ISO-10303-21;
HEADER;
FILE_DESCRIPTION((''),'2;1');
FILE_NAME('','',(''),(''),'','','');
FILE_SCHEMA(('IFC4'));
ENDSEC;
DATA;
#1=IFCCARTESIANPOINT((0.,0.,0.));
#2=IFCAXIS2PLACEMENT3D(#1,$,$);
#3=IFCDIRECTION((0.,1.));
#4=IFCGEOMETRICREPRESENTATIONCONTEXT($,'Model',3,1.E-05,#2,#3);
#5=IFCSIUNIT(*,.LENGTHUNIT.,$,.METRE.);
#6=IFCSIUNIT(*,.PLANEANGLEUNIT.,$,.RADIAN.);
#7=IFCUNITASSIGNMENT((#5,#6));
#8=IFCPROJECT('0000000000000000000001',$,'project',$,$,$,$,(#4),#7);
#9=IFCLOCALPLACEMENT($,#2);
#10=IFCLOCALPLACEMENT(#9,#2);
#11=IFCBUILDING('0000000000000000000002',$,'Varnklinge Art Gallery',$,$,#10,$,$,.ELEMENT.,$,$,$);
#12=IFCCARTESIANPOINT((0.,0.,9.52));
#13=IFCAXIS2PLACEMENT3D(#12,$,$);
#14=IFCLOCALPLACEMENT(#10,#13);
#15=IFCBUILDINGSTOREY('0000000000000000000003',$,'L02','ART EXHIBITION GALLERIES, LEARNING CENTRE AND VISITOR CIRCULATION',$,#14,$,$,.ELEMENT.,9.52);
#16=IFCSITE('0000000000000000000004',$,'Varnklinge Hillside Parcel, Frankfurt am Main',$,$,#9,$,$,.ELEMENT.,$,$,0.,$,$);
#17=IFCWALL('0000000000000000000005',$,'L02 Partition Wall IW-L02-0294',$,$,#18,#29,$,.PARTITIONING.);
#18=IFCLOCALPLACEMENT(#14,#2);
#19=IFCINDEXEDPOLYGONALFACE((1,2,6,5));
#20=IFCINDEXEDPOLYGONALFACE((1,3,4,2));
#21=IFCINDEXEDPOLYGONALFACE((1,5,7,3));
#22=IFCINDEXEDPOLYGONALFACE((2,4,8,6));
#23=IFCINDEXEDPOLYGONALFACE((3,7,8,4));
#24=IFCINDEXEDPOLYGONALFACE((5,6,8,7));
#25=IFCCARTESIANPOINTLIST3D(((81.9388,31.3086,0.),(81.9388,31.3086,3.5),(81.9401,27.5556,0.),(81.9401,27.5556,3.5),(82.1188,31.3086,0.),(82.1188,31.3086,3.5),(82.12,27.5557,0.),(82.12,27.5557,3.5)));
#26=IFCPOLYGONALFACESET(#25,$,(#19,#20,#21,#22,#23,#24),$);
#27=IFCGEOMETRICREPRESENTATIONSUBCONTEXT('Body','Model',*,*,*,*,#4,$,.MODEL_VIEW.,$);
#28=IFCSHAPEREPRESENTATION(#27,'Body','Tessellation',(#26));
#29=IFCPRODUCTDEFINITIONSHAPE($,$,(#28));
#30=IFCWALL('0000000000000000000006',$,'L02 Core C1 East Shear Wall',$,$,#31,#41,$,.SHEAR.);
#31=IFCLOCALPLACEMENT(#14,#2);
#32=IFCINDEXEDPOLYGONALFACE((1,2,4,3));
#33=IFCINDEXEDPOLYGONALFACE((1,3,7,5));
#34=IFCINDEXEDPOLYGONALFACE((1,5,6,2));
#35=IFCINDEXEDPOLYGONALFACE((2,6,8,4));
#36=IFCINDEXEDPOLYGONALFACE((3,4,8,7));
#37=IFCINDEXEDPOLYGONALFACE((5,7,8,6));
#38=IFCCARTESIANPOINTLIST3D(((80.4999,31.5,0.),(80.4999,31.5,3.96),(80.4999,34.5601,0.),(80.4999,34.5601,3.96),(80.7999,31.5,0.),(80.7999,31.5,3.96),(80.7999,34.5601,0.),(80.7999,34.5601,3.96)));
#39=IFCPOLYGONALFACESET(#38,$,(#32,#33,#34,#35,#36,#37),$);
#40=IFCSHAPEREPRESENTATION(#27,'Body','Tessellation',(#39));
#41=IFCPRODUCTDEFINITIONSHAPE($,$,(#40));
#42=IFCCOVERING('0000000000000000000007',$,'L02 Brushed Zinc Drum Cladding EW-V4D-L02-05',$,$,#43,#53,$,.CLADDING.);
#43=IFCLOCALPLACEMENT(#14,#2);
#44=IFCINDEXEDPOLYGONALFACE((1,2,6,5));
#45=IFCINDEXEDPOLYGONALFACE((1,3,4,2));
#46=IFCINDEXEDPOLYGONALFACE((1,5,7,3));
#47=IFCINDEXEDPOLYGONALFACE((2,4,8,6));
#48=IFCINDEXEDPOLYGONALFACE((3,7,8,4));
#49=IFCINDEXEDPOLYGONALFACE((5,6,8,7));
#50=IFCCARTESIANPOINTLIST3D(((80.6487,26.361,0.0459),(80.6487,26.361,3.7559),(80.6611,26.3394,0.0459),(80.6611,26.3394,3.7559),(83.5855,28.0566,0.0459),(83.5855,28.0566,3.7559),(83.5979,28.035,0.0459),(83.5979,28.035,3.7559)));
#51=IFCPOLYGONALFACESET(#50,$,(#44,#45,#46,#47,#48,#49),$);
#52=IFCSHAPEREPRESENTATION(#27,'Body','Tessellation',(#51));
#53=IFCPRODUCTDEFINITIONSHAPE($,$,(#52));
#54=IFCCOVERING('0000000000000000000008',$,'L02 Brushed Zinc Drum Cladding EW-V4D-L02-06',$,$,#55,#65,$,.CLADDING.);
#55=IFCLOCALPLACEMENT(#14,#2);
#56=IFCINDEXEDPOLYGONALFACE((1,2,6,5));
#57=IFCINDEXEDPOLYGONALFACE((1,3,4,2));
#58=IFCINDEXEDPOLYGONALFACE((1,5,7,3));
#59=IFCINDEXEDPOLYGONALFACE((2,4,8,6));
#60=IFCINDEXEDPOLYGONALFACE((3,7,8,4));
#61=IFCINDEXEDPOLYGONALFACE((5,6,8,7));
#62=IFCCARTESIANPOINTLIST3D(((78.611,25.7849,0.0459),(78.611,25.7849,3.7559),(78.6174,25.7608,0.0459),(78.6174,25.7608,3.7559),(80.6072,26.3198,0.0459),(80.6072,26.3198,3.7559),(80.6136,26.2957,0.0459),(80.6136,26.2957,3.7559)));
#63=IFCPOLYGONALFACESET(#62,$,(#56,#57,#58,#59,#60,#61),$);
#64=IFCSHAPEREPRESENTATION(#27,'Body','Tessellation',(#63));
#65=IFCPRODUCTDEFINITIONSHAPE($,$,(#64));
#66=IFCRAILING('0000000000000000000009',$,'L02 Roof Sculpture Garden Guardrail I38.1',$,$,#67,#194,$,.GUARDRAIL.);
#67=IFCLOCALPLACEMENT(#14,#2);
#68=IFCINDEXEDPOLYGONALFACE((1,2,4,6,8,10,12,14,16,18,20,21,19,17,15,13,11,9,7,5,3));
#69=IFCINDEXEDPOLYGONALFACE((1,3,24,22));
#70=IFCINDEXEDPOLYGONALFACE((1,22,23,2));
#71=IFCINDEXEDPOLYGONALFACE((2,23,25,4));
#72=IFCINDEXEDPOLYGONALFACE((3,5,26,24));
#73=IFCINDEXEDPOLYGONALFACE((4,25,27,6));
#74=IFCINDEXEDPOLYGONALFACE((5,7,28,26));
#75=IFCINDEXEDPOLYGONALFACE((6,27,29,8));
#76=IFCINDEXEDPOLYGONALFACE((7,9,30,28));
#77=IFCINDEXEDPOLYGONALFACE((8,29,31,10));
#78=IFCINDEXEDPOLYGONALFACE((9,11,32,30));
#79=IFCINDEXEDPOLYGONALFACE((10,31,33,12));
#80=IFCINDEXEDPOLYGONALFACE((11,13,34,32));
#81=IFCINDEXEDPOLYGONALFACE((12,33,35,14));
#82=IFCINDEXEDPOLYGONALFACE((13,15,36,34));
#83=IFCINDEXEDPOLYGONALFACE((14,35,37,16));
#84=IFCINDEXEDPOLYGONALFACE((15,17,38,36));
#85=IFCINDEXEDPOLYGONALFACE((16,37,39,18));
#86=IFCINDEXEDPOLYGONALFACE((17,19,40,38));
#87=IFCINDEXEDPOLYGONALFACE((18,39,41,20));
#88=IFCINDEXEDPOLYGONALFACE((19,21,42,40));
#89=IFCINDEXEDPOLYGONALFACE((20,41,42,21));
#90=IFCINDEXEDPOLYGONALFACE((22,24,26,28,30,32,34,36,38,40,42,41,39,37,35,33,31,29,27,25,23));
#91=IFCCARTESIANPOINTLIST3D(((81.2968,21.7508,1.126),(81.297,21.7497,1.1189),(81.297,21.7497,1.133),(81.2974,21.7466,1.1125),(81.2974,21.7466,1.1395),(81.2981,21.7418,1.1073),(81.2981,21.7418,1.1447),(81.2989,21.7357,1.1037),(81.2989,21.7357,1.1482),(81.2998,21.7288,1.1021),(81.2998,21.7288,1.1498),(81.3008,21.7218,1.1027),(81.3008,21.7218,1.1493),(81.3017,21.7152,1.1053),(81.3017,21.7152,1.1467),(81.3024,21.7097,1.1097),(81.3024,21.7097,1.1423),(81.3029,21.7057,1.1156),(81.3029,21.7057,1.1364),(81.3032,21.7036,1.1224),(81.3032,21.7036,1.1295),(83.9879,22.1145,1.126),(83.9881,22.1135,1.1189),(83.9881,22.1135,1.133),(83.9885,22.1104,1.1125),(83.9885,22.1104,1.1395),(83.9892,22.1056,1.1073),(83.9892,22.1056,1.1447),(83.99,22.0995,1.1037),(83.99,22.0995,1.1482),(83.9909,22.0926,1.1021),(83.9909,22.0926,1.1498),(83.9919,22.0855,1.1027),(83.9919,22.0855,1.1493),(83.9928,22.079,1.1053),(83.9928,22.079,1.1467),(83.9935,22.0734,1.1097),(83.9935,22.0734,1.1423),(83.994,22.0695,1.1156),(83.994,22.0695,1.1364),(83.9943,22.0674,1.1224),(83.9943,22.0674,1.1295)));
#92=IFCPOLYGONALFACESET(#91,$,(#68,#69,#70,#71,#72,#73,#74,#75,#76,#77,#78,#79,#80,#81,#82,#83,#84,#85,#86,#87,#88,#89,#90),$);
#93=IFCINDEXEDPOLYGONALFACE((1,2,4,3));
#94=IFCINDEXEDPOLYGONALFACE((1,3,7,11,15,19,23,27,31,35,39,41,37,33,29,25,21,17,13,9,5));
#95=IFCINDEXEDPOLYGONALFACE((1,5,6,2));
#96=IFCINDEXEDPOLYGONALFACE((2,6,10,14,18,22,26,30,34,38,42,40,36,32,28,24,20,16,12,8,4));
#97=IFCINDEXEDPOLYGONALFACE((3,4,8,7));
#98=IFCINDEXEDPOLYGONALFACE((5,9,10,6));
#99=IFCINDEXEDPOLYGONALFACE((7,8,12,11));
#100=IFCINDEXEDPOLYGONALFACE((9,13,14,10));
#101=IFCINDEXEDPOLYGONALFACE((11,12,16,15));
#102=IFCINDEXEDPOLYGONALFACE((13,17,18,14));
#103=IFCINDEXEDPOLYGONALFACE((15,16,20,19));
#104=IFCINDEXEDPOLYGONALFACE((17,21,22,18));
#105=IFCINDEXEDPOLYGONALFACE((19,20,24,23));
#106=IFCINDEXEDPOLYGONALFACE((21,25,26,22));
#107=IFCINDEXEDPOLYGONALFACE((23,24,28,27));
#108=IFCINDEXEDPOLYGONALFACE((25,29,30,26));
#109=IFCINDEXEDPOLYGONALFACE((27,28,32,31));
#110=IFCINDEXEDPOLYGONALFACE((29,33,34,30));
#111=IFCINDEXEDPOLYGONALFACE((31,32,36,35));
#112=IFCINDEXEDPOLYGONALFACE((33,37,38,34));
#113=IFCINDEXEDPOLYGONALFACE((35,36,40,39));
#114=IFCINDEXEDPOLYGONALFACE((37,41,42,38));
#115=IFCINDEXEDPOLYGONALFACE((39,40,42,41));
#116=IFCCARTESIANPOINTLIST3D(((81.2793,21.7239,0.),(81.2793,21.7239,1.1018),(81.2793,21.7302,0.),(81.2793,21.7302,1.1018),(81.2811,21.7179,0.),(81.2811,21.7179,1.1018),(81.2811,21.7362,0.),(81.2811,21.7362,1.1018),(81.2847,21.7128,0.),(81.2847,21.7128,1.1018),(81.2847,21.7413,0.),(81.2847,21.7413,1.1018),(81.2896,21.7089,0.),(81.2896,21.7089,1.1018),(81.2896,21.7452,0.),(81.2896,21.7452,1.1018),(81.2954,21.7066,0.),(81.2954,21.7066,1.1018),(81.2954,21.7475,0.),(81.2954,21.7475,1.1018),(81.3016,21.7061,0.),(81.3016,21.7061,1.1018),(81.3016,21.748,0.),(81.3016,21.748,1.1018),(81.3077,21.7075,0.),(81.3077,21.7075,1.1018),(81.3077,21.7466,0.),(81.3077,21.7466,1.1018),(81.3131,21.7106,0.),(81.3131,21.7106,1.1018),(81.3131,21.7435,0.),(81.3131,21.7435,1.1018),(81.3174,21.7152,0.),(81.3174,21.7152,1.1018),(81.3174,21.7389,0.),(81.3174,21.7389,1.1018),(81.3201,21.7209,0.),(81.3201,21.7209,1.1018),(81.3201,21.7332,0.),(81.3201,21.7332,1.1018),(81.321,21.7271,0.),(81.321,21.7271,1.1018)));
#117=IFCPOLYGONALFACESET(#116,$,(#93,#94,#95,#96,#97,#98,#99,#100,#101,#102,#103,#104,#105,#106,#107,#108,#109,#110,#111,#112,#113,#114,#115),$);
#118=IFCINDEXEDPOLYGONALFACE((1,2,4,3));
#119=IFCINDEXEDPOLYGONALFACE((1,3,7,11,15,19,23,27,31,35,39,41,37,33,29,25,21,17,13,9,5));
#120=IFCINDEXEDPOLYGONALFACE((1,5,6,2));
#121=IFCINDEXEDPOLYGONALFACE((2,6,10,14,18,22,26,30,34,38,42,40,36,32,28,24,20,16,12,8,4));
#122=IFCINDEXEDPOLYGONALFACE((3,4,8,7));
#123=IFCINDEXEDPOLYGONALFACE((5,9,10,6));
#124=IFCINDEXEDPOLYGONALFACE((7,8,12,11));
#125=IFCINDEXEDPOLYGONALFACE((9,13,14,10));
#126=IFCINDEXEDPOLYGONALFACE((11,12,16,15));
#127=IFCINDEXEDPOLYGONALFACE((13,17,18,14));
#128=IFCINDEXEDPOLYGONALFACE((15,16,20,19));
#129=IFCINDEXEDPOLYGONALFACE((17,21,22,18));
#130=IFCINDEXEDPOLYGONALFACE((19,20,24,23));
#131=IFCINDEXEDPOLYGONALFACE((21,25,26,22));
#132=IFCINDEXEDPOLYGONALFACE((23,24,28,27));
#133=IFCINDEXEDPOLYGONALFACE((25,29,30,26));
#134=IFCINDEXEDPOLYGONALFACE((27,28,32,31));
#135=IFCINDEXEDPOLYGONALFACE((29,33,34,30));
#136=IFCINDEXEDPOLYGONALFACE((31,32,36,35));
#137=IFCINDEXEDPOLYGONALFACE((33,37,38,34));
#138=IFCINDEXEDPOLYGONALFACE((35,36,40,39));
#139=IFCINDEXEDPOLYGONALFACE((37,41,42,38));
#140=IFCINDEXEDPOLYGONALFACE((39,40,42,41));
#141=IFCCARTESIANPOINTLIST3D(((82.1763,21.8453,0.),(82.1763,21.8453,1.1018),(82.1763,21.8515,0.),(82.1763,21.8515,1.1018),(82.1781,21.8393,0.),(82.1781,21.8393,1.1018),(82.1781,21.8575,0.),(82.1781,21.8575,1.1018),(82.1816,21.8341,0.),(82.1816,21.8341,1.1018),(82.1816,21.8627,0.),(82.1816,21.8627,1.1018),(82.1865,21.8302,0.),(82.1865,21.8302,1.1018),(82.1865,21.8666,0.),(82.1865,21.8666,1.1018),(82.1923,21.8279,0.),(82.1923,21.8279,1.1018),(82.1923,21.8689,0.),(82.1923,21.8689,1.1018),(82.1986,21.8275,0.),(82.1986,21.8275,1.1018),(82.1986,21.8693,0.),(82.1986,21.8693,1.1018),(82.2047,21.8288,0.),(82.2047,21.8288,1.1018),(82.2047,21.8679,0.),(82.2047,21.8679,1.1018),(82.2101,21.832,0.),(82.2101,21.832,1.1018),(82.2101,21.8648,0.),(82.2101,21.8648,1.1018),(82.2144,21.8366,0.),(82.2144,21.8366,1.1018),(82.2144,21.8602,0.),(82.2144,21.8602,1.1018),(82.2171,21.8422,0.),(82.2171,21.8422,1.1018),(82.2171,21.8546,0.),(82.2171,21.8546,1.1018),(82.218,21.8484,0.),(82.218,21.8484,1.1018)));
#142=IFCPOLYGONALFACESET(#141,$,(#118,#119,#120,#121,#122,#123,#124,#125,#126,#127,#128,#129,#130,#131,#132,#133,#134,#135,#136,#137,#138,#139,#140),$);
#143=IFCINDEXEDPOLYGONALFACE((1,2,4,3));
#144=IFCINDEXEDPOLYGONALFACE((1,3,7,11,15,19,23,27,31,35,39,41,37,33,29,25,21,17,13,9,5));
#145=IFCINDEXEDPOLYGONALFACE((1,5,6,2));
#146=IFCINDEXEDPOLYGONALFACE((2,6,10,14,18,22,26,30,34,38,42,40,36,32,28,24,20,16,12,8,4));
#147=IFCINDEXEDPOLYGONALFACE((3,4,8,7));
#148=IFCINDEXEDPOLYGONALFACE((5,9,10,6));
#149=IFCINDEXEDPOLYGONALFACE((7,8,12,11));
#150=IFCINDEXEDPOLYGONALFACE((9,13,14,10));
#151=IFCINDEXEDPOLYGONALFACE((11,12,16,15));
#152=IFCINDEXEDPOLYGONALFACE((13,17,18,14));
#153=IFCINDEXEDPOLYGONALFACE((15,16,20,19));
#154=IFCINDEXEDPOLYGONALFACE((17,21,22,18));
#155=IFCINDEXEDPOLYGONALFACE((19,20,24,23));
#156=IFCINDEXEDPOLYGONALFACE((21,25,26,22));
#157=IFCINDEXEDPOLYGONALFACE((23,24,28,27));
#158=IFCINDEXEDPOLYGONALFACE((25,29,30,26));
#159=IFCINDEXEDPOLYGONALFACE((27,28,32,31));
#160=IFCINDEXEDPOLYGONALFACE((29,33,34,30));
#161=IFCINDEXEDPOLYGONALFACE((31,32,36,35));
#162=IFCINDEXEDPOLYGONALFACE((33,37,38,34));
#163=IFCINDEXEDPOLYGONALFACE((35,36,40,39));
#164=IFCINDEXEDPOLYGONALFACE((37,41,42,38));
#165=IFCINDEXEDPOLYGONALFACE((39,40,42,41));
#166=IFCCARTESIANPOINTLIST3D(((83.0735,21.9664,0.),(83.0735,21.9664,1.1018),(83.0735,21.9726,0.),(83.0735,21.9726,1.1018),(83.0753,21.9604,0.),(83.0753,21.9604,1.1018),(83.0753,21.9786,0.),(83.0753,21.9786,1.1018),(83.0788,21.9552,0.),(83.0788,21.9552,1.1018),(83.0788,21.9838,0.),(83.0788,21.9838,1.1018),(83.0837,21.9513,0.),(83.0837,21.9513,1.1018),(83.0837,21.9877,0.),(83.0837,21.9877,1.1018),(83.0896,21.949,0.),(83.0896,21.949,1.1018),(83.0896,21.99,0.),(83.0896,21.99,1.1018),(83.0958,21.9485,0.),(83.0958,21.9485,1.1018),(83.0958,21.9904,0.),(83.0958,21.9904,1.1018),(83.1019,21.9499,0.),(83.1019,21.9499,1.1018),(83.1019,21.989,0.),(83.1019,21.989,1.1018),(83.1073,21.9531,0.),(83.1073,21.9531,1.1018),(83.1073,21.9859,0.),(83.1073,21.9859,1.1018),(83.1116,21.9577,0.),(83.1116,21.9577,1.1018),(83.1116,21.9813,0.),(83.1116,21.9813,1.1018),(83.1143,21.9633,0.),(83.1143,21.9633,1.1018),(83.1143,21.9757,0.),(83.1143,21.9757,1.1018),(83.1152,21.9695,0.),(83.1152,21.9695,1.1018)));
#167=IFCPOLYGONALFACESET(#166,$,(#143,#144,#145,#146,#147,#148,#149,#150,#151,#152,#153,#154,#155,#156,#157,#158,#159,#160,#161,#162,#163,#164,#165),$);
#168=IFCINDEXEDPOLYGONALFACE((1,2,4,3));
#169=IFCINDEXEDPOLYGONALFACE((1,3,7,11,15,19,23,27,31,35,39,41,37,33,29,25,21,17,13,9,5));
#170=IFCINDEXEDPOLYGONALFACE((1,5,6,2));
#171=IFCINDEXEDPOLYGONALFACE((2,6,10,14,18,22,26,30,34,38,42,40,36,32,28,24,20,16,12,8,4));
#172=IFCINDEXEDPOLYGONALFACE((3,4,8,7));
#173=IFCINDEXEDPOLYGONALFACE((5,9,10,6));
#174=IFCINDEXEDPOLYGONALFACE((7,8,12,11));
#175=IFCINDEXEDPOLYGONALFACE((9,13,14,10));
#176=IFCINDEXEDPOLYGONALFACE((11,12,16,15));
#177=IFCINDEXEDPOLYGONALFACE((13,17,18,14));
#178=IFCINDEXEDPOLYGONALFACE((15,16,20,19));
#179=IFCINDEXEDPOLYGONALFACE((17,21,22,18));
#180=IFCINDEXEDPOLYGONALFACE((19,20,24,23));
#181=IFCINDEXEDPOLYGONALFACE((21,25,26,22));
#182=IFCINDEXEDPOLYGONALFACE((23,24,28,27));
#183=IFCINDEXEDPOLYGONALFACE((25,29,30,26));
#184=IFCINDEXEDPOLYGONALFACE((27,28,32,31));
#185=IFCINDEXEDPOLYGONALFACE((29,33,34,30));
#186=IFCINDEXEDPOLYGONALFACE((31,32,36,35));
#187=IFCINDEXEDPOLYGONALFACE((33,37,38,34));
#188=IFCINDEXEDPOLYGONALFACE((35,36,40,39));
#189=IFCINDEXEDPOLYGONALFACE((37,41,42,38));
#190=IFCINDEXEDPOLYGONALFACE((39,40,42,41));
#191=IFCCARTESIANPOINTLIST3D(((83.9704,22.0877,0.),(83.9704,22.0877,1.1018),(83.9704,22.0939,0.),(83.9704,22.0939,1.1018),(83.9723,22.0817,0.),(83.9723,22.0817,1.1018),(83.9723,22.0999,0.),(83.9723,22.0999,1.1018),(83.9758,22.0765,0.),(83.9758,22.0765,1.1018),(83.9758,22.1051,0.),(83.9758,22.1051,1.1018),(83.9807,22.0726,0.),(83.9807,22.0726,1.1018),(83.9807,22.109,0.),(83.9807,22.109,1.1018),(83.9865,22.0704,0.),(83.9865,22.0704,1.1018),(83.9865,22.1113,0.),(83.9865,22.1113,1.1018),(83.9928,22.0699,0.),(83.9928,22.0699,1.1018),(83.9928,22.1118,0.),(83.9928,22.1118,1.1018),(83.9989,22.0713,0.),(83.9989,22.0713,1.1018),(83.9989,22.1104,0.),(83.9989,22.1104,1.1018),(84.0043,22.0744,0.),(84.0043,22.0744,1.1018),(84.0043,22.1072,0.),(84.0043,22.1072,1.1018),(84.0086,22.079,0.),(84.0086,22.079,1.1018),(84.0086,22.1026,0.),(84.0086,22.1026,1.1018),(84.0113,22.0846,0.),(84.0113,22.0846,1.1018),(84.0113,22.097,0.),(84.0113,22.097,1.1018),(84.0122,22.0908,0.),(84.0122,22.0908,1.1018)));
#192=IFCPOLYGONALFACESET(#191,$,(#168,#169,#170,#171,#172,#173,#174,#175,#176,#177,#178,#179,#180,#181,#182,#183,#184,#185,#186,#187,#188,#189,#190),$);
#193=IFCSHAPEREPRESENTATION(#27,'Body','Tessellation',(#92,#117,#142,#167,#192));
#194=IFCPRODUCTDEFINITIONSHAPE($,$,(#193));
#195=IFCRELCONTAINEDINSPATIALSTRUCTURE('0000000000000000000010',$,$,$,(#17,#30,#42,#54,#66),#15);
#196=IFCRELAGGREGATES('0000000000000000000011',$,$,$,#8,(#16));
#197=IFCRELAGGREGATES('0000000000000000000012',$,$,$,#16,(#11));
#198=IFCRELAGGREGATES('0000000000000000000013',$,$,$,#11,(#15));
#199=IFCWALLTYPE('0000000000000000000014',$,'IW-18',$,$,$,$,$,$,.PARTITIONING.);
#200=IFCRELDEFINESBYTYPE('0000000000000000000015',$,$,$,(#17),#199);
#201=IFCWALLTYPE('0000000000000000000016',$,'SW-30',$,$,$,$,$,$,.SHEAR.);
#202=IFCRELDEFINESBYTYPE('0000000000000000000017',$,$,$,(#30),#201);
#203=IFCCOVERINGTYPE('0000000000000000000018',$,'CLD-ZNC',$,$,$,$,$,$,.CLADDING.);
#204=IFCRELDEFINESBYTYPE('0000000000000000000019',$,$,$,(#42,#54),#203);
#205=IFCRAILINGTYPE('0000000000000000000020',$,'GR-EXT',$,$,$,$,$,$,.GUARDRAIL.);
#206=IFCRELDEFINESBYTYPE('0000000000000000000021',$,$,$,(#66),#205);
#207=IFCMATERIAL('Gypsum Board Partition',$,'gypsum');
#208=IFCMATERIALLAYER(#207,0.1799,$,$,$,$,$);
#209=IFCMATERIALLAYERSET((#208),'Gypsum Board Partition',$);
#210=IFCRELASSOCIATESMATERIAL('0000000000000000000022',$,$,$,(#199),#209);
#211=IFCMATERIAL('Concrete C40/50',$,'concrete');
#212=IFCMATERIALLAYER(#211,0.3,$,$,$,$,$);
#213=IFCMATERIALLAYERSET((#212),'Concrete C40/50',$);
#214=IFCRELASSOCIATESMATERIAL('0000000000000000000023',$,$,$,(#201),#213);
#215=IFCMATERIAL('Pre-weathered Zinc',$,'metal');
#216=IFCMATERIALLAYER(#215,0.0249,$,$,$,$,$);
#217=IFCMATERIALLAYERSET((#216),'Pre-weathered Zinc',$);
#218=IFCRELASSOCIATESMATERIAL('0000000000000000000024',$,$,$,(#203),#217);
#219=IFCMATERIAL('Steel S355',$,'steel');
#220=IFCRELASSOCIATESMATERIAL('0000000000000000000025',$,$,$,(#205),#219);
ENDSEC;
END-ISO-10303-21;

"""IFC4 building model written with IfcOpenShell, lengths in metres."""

from ifc_helpers import new_model, si_unit, direction, frame, frame_2d, origin, origin_2d, place, context, subcontext, project, spatial, rectangle, circle, extrude, material, layer, layer_set, type_object, element, save


model = new_model("IFC4")

# Units and contexts
model_context = context("Model", 3, precision=1e-05, world=origin(), true_north=direction((0.0, 1.0)))
body_context = subcontext(model_context, "Body", "Model", "MODEL_VIEW")
ifc_project = project(units=[si_unit("LENGTHUNIT", "METRE"), si_unit("PLANEANGLEUNIT", "RADIAN")], contexts=[model_context])

# Site, building, storey
site_placement = place(None, origin())
site = spatial("IfcSite", under=ifc_project, at=site_placement, Name="Varnklinge Hillside Parcel, Frankfurt am Main", CompositionType="ELEMENT", RefElevation=0.0)
building_placement = place(site_placement, origin())
building = spatial("IfcBuilding", under=site, at=building_placement, Name="Varnklinge Art Gallery", CompositionType="ELEMENT")
storey_placement = place(building_placement, frame((0.0, 0.0, 9.52)))
storey = spatial("IfcBuildingStorey", under=building, at=storey_placement, Name="L02", Description="ART EXHIBITION GALLERIES, LEARNING CENTRE AND VISITOR CIRCULATION", CompositionType="ELEMENT", Elevation=9.52)

# Walls
ifc_material_1 = material(Name="Gypsum Board Partition", Category="gypsum")
ifc_layer_1 = layer(ifc_material_1, 0.1799)
ifc_layer_set_1 = layer_set([ifc_layer_1], Name="Gypsum Board Partition")
wall_type_1 = type_object("IfcWallType", Name="IW-18", PredefinedType="PARTITIONING", material=ifc_layer_set_1)
wall_1_placement = place(storey_placement, frame((82.0288, 31.3086, 0.0), z_axis=(0.0, 0.0, 1.0), x_axis=(0.000325, -1.0, 0.0)))
element("IfcWall", 1, at=wall_1_placement, inside=storey, type_object=wall_type_1, Name="L02 Partition Wall IW-L02-0294", PredefinedType="PARTITIONING", context=body_context, shape_type="SweptSolid", body=[
    extrude(rectangle(XDim=3.7529, YDim=0.1799, at=frame_2d((1.8765, 0.0))), origin(), (0.0, 0.0, 1.0), 3.5),
])
ifc_material_2 = material(Name="Concrete C40/50", Category="concrete")
ifc_layer_2 = layer(ifc_material_2, 0.3)
ifc_layer_set_2 = layer_set([ifc_layer_2], Name="Concrete C40/50")
wall_type_2 = type_object("IfcWallType", Name="SW-30", PredefinedType="SHEAR", material=ifc_layer_set_2)
wall_2_placement = place(storey_placement, frame((80.6499, 31.5, 0.0), z_axis=(0.0, 0.0, 1.0), x_axis=(0.0, 1.0, 0.0)))
element("IfcWall", 2, at=wall_2_placement, inside=storey, type_object=wall_type_2, Name="L02 Core C1 East Shear Wall", PredefinedType="SHEAR", context=body_context, shape_type="SweptSolid", body=[
    extrude(rectangle(XDim=3.0601, YDim=0.3, at=frame_2d((1.53, 0.0))), origin(), (0.0, 0.0, 1.0), 3.96),
])

# Coverings
ifc_material_3 = material(Name="Pre-weathered Zinc", Category="metal")
ifc_layer_3 = layer(ifc_material_3, 0.0249)
ifc_layer_set_3 = layer_set([ifc_layer_3], Name="Pre-weathered Zinc")
covering_type = type_object("IfcCoveringType", Name="CLD-ZNC", PredefinedType="CLADDING", material=ifc_layer_set_3)
covering_1_placement = place(storey_placement, frame((82.1233, 27.198, 0.0459), z_axis=(0.0, 0.0, 1.0), x_axis=(-0.866025, -0.5, 0.0)))
element("IfcCovering", 3, at=covering_1_placement, inside=storey, type_object=covering_type, Name="L02 Brushed Zinc Drum Cladding EW-V4D-L02-05", PredefinedType="CLADDING", context=body_context, shape_type="SweptSolid", body=[
    extrude(rectangle(XDim=3.3911, YDim=0.0249, at=origin_2d()), origin(), (0.0, 0.0, 1.0), 3.71),
])
covering_2_placement = place(storey_placement, frame((79.6123, 26.0403, 0.0459), z_axis=(0.0, 0.0, 1.0), x_axis=(-0.965926, -0.258819, 0.0)))
element("IfcCovering", 4, at=covering_2_placement, inside=storey, type_object=covering_type, Name="L02 Brushed Zinc Drum Cladding EW-V4D-L02-06", PredefinedType="CLADDING", context=body_context, shape_type="SweptSolid", body=[
    extrude(rectangle(XDim=2.0667, YDim=0.0249, at=origin_2d()), origin(), (0.0, 0.0, 1.0), 3.71),
])

# Railing
ifc_material_4 = material(Name="Steel S355", Category="steel")
railing_type = type_object("IfcRailingType", Name="GR-EXT", PredefinedType="GUARDRAIL", material=ifc_material_4)
railing_1_placement = place(storey_placement, frame((81.3, 21.7271, 0.0)))
element("IfcRailing", 5, at=railing_1_placement, inside=storey, type_object=railing_type, Name="L02 Roof Sculpture Garden Guardrail I38.1", PredefinedType="GUARDRAIL", context=body_context, shape_type="SweptSolid", body=[
    extrude(circle(Radius=0.0239, at=origin_2d()), frame((0.0, 0.0, 1.126), z_axis=(0.990988, 0.133954, 0.0), x_axis=(-0.133954, 0.990988, 0.0)), (0.0, 0.0, 1.0), 2.7156),
    extrude(circle(Radius=0.021, at=origin_2d()), origin(), (0.0, 0.0, 1.0), 1.1018),
    extrude(circle(Radius=0.021, at=origin_2d()), frame((0.897, 0.1213, 0.0)), (0.0, 0.0, 1.0), 1.1018),
    extrude(circle(Radius=0.021, at=origin_2d()), frame((1.7942, 0.2424, 0.0)), (0.0, 0.0, 1.0), 1.1018),
    extrude(circle(Radius=0.021, at=origin_2d()), frame((2.6912, 0.3638, 0.0)), (0.0, 0.0, 1.0), 1.1018),
])

save(model, "model.ifc")
